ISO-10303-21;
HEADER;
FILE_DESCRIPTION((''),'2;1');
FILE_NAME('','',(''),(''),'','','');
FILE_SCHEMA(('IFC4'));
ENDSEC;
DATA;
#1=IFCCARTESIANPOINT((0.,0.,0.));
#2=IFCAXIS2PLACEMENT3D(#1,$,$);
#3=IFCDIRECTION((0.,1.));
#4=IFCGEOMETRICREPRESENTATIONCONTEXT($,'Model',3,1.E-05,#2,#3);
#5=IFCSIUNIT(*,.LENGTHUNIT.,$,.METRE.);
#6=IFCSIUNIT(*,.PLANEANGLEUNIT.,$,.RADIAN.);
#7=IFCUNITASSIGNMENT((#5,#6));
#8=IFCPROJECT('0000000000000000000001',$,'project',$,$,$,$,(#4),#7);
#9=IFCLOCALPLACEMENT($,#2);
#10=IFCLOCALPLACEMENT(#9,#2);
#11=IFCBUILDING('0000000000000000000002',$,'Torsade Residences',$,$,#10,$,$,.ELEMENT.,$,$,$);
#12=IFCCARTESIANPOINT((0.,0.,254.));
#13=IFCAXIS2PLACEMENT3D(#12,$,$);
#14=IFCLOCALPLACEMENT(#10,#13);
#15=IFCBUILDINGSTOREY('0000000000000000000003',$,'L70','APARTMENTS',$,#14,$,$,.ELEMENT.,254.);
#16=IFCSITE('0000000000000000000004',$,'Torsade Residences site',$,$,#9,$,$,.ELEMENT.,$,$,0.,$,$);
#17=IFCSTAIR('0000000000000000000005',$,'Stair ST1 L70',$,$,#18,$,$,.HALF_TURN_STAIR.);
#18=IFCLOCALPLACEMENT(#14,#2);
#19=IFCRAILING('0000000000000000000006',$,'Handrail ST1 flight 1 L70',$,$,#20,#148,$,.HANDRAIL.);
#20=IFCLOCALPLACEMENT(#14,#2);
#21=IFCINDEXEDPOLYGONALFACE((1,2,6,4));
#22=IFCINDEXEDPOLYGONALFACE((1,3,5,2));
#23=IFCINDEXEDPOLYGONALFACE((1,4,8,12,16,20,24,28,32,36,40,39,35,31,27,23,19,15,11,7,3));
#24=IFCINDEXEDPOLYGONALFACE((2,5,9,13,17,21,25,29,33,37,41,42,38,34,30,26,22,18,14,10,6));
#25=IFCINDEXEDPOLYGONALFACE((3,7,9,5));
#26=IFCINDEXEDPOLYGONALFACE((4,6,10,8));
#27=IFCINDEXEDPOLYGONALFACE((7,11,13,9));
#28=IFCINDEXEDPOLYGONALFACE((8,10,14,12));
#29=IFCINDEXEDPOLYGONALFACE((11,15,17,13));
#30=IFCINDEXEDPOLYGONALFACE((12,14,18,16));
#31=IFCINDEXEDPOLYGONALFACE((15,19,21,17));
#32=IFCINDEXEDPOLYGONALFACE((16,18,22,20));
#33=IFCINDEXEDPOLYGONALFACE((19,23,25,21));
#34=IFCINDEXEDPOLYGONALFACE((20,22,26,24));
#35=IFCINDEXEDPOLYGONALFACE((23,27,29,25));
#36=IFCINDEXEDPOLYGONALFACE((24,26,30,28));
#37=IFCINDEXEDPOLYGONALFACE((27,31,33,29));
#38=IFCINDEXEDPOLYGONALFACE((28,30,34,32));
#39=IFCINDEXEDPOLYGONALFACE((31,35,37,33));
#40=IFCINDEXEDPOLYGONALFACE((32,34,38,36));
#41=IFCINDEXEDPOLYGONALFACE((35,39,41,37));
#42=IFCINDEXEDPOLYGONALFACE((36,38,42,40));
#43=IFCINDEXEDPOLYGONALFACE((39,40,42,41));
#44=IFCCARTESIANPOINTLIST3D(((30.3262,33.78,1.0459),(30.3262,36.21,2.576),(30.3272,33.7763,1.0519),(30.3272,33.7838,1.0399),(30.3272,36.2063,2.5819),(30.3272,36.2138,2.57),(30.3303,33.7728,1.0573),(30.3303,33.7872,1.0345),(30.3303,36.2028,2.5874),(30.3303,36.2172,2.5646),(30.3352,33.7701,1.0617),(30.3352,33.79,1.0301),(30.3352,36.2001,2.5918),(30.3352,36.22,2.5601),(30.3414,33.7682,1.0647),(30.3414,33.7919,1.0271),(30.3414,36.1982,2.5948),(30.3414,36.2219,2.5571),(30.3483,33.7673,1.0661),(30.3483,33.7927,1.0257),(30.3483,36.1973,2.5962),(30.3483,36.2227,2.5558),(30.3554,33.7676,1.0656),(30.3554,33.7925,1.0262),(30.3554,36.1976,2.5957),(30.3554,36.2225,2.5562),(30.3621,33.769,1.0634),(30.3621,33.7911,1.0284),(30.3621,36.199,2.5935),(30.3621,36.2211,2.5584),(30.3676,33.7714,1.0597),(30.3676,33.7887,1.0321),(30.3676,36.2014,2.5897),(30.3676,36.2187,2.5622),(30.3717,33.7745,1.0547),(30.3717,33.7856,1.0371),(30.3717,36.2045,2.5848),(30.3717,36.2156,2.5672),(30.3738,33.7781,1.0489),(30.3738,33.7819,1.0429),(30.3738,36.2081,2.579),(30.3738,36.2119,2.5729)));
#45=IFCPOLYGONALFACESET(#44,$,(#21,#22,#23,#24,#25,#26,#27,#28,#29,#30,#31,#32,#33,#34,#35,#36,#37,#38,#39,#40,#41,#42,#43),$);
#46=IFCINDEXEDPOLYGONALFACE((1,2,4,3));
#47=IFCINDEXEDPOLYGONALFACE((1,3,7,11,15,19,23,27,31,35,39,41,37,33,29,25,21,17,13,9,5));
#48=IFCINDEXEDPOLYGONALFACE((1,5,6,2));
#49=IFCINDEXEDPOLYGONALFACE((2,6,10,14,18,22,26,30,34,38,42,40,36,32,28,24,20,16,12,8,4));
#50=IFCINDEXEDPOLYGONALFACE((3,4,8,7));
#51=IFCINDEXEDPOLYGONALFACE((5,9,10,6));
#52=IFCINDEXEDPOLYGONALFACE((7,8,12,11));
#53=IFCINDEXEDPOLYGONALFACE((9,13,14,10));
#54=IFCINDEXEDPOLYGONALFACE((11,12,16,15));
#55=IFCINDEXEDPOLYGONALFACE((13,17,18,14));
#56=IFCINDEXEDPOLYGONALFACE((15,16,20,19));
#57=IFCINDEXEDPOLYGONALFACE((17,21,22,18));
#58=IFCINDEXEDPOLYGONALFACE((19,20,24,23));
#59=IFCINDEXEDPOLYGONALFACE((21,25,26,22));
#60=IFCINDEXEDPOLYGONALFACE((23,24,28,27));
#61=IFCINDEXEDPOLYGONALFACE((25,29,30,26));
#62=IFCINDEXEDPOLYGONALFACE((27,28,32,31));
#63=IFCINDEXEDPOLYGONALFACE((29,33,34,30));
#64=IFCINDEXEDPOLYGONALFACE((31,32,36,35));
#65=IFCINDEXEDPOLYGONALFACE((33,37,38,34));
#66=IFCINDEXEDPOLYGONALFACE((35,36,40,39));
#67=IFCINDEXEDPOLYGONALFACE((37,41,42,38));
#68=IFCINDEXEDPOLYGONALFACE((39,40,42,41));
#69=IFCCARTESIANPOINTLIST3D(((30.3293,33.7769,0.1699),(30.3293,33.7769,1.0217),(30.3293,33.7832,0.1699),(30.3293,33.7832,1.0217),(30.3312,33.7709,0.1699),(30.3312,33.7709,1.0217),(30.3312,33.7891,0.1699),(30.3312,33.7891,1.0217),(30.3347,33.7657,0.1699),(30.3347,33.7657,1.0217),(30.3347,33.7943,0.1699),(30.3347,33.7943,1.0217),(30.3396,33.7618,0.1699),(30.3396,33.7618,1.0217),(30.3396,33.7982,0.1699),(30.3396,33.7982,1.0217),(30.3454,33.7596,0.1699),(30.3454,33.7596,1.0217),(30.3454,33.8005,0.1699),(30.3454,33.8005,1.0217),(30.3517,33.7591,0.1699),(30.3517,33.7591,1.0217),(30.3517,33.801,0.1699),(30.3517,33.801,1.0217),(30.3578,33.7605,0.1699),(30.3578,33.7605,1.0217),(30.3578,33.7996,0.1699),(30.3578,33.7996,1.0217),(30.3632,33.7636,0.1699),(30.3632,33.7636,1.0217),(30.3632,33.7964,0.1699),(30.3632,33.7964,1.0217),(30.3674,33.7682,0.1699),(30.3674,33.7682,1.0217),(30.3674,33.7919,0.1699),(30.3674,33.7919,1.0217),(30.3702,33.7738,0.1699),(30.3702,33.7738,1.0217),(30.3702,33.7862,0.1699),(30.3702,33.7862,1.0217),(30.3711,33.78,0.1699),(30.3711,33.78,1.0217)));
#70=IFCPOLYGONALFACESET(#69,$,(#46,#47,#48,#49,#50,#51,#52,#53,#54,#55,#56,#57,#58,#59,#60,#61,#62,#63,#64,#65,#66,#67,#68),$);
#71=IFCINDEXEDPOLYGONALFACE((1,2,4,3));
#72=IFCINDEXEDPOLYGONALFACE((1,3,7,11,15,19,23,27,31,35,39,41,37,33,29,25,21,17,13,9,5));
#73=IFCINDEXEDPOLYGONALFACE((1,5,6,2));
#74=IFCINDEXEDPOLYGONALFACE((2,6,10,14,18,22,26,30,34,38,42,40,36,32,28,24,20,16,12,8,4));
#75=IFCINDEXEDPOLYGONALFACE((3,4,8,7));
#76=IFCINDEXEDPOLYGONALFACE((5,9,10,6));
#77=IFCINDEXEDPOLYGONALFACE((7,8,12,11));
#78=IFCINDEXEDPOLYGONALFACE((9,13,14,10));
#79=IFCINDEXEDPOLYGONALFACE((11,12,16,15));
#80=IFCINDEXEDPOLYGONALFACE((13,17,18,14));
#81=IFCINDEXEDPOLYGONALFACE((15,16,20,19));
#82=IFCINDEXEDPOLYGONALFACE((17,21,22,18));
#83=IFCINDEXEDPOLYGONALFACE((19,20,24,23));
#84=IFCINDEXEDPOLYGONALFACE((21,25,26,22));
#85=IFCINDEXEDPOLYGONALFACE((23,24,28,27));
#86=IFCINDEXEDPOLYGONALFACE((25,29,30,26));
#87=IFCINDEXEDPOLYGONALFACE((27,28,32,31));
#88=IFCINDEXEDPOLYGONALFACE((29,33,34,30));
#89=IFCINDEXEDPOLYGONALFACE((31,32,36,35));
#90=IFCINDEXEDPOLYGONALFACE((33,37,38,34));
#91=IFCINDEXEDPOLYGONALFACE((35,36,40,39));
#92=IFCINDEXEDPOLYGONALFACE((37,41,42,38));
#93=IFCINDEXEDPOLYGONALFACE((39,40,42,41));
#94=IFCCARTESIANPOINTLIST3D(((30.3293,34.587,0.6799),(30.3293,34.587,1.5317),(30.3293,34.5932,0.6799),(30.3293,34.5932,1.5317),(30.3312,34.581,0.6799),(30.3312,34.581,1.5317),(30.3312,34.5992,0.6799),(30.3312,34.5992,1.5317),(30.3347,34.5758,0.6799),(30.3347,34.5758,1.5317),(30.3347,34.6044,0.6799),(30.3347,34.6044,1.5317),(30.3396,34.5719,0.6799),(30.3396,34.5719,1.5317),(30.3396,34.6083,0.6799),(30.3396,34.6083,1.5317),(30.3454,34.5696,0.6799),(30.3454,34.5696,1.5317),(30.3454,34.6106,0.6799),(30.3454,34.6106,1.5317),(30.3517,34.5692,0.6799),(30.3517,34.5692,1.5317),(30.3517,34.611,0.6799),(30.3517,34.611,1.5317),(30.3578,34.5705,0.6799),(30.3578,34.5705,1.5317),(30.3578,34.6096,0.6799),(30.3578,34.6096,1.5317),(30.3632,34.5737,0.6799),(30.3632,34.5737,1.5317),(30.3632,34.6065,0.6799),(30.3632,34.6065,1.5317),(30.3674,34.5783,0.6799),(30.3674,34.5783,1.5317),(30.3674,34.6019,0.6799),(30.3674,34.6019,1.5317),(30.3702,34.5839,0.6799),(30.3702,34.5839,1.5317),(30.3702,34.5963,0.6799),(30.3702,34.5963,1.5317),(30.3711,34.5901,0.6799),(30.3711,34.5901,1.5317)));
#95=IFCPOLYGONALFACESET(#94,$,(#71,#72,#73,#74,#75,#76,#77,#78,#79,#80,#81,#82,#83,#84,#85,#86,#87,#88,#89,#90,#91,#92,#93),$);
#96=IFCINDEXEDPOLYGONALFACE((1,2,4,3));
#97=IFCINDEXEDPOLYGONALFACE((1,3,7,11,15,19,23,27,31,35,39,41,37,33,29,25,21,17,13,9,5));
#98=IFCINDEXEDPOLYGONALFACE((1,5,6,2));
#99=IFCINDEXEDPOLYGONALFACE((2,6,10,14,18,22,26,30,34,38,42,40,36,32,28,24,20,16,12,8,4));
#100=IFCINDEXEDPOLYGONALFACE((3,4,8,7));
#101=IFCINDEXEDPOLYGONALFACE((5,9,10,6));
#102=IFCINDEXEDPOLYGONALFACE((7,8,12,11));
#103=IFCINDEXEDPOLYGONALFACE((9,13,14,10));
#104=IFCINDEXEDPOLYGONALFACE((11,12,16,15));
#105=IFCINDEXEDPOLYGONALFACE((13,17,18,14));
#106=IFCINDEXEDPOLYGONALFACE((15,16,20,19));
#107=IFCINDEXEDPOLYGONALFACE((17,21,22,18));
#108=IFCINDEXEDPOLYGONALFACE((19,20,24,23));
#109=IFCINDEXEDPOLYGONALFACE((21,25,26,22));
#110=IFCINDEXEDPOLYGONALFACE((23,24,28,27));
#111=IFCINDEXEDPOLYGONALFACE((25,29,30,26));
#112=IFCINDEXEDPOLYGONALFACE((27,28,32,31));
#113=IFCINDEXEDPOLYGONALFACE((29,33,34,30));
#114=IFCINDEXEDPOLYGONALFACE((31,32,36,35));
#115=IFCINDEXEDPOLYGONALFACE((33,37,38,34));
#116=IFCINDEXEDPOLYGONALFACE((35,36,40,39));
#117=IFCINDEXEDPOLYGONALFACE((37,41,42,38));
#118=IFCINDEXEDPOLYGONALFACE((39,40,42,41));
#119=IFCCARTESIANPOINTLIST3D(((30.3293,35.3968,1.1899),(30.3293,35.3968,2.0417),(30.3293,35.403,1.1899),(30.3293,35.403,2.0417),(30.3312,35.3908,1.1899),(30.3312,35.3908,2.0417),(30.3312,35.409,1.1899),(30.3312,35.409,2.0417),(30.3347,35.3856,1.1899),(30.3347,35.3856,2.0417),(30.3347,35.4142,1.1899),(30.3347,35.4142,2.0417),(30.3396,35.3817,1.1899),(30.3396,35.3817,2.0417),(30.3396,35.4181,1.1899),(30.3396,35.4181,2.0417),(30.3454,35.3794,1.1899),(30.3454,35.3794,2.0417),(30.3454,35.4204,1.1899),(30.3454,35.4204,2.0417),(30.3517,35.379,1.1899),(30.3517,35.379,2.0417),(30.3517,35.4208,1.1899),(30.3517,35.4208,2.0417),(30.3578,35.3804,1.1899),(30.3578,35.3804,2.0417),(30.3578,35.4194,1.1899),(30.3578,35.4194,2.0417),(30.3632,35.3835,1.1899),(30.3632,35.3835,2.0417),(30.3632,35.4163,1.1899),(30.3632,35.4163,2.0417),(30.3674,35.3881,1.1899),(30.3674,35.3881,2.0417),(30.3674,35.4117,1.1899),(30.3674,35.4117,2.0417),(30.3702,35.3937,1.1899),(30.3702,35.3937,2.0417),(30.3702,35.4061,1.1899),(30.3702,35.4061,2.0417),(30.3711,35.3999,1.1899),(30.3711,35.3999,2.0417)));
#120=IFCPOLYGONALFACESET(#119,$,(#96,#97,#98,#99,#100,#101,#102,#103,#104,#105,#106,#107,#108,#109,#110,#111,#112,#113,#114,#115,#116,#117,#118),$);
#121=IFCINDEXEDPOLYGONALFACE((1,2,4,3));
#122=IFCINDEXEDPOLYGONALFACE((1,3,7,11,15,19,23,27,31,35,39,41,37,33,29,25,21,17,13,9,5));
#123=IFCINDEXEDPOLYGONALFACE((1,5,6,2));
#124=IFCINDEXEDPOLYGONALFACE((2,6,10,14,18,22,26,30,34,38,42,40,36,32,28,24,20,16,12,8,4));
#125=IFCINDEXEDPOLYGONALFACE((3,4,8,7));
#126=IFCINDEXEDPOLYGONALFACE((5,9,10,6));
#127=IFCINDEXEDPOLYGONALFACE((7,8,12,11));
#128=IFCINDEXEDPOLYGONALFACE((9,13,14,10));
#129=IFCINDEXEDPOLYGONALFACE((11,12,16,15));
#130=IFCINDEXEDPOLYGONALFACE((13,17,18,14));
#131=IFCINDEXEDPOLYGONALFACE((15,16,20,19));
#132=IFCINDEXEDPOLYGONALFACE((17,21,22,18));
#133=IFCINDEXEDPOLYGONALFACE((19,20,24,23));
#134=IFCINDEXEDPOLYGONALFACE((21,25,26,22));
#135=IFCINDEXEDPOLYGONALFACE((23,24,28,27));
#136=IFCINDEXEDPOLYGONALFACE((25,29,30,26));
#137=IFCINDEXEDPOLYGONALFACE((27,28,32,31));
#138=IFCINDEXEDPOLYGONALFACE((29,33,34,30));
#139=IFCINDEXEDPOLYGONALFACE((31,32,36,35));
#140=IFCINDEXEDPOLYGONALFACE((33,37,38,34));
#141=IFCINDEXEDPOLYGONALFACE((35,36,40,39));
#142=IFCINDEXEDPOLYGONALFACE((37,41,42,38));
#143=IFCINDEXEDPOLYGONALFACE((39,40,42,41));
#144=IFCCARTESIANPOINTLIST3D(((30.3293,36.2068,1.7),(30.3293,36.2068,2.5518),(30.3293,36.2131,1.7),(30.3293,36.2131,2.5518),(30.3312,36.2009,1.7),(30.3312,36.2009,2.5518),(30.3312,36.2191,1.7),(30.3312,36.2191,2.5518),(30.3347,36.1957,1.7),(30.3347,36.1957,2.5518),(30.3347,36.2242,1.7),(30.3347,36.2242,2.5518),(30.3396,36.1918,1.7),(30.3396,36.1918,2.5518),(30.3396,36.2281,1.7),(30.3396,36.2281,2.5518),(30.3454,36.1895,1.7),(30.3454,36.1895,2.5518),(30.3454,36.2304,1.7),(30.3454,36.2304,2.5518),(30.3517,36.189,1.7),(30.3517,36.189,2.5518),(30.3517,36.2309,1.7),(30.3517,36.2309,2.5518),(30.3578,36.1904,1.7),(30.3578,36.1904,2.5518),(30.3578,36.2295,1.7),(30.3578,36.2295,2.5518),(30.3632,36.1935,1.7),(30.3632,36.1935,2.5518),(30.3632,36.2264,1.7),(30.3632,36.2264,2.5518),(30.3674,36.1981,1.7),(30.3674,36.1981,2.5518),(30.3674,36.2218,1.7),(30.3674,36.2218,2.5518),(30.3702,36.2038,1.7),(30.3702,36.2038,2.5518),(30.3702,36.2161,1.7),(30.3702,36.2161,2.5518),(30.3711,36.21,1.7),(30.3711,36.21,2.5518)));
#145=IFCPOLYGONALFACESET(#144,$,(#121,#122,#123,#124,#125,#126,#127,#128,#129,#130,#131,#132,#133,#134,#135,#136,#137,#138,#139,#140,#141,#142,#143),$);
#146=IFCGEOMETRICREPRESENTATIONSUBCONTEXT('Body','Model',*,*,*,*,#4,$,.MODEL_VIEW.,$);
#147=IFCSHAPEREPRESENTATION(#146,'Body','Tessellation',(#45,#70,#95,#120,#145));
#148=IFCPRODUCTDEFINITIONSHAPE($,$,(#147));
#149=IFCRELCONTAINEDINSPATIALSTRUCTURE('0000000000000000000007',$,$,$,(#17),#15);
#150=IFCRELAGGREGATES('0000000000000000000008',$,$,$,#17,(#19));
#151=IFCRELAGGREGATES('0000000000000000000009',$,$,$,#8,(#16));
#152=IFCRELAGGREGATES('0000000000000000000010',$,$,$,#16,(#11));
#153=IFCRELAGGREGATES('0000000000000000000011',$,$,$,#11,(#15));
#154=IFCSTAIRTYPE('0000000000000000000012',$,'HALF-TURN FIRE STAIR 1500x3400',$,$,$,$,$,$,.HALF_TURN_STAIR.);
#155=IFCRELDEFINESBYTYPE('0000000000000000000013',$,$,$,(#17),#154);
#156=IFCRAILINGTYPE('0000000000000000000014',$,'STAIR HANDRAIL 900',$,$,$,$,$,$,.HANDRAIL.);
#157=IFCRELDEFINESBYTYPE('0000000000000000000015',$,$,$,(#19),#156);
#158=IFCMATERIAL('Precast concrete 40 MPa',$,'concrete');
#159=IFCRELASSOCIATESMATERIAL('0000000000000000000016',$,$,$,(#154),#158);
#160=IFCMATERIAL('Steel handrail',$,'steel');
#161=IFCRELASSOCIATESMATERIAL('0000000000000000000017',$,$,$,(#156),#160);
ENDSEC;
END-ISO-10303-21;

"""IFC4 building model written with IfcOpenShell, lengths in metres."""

from ifc_helpers import new_model, si_unit, direction, frame, origin, origin_2d, place, context, subcontext, project, spatial, circle, extrude, material, type_object, element, aggregate, save


model = new_model("IFC4")

# Units and contexts
model_context = context("Model", 3, precision=1e-05, world=origin(), true_north=direction((0.0, 1.0)))
body_context = subcontext(model_context, "Body", "Model", "MODEL_VIEW")
ifc_project = project(units=[si_unit("LENGTHUNIT", "METRE"), si_unit("PLANEANGLEUNIT", "RADIAN")], contexts=[model_context])

# Site, building, storey
site_placement = place(None, origin())
site = spatial("IfcSite", under=ifc_project, at=site_placement, Name="Torsade Residences site", CompositionType="ELEMENT", RefElevation=0.0)
building_placement = place(site_placement, origin())
building = spatial("IfcBuilding", under=site, at=building_placement, Name="Torsade Residences", CompositionType="ELEMENT")
storey_placement = place(building_placement, frame((0.0, 0.0, 254.0)))
storey = spatial("IfcBuildingStorey", under=building, at=storey_placement, Name="L70", Description="APARTMENTS", CompositionType="ELEMENT", Elevation=254.0)

# Stair, railing
ifc_material_1 = material(Name="Precast concrete 40 MPa", Category="concrete")
stair_type = type_object("IfcStairType", Name="HALF-TURN FIRE STAIR 1500x3400", PredefinedType="HALF_TURN_STAIR", material=ifc_material_1)
stair_placement = place(storey_placement, origin())
stair = element("IfcStair", 1, at=stair_placement, inside=storey, type_object=stair_type, Name="Stair ST1 L70", PredefinedType="HALF_TURN_STAIR")
ifc_material_2 = material(Name="Steel handrail", Category="steel")
railing_type = type_object("IfcRailingType", Name="STAIR HANDRAIL 900", PredefinedType="HANDRAIL", material=ifc_material_2)
railing_1_placement = place(storey_placement, frame((30.3501, 33.78, 0.1699)))
railing_1 = element("IfcRailing", 2, at=railing_1_placement, type_object=railing_type, Name="Handrail ST1 flight 1 L70", PredefinedType="HANDRAIL", context=body_context, shape_type="SweptSolid", body=[
    extrude(circle(Radius=0.0239, at=origin_2d()), frame((0.0, 0.0, 0.876), z_axis=(0.0, 0.846221, 0.532831), x_axis=(-1.0, 0.0, 0.0)), (0.0, 0.0, 1.0), 2.8716),
    extrude(circle(Radius=0.021, at=origin_2d()), origin(), (0.0, 0.0, 1.0), 0.8518),
    extrude(circle(Radius=0.021, at=origin_2d()), frame((0.0, 0.8101, 0.51)), (0.0, 0.0, 1.0), 0.8518),
    extrude(circle(Radius=0.021, at=origin_2d()), frame((0.0, 1.6199, 1.02)), (0.0, 0.0, 1.0), 0.8518),
    extrude(circle(Radius=0.021, at=origin_2d()), frame((0.0, 2.4299, 1.53)), (0.0, 0.0, 1.0), 0.8518),
])
aggregate(stair, [railing_1])

save(model, "model.ifc")
